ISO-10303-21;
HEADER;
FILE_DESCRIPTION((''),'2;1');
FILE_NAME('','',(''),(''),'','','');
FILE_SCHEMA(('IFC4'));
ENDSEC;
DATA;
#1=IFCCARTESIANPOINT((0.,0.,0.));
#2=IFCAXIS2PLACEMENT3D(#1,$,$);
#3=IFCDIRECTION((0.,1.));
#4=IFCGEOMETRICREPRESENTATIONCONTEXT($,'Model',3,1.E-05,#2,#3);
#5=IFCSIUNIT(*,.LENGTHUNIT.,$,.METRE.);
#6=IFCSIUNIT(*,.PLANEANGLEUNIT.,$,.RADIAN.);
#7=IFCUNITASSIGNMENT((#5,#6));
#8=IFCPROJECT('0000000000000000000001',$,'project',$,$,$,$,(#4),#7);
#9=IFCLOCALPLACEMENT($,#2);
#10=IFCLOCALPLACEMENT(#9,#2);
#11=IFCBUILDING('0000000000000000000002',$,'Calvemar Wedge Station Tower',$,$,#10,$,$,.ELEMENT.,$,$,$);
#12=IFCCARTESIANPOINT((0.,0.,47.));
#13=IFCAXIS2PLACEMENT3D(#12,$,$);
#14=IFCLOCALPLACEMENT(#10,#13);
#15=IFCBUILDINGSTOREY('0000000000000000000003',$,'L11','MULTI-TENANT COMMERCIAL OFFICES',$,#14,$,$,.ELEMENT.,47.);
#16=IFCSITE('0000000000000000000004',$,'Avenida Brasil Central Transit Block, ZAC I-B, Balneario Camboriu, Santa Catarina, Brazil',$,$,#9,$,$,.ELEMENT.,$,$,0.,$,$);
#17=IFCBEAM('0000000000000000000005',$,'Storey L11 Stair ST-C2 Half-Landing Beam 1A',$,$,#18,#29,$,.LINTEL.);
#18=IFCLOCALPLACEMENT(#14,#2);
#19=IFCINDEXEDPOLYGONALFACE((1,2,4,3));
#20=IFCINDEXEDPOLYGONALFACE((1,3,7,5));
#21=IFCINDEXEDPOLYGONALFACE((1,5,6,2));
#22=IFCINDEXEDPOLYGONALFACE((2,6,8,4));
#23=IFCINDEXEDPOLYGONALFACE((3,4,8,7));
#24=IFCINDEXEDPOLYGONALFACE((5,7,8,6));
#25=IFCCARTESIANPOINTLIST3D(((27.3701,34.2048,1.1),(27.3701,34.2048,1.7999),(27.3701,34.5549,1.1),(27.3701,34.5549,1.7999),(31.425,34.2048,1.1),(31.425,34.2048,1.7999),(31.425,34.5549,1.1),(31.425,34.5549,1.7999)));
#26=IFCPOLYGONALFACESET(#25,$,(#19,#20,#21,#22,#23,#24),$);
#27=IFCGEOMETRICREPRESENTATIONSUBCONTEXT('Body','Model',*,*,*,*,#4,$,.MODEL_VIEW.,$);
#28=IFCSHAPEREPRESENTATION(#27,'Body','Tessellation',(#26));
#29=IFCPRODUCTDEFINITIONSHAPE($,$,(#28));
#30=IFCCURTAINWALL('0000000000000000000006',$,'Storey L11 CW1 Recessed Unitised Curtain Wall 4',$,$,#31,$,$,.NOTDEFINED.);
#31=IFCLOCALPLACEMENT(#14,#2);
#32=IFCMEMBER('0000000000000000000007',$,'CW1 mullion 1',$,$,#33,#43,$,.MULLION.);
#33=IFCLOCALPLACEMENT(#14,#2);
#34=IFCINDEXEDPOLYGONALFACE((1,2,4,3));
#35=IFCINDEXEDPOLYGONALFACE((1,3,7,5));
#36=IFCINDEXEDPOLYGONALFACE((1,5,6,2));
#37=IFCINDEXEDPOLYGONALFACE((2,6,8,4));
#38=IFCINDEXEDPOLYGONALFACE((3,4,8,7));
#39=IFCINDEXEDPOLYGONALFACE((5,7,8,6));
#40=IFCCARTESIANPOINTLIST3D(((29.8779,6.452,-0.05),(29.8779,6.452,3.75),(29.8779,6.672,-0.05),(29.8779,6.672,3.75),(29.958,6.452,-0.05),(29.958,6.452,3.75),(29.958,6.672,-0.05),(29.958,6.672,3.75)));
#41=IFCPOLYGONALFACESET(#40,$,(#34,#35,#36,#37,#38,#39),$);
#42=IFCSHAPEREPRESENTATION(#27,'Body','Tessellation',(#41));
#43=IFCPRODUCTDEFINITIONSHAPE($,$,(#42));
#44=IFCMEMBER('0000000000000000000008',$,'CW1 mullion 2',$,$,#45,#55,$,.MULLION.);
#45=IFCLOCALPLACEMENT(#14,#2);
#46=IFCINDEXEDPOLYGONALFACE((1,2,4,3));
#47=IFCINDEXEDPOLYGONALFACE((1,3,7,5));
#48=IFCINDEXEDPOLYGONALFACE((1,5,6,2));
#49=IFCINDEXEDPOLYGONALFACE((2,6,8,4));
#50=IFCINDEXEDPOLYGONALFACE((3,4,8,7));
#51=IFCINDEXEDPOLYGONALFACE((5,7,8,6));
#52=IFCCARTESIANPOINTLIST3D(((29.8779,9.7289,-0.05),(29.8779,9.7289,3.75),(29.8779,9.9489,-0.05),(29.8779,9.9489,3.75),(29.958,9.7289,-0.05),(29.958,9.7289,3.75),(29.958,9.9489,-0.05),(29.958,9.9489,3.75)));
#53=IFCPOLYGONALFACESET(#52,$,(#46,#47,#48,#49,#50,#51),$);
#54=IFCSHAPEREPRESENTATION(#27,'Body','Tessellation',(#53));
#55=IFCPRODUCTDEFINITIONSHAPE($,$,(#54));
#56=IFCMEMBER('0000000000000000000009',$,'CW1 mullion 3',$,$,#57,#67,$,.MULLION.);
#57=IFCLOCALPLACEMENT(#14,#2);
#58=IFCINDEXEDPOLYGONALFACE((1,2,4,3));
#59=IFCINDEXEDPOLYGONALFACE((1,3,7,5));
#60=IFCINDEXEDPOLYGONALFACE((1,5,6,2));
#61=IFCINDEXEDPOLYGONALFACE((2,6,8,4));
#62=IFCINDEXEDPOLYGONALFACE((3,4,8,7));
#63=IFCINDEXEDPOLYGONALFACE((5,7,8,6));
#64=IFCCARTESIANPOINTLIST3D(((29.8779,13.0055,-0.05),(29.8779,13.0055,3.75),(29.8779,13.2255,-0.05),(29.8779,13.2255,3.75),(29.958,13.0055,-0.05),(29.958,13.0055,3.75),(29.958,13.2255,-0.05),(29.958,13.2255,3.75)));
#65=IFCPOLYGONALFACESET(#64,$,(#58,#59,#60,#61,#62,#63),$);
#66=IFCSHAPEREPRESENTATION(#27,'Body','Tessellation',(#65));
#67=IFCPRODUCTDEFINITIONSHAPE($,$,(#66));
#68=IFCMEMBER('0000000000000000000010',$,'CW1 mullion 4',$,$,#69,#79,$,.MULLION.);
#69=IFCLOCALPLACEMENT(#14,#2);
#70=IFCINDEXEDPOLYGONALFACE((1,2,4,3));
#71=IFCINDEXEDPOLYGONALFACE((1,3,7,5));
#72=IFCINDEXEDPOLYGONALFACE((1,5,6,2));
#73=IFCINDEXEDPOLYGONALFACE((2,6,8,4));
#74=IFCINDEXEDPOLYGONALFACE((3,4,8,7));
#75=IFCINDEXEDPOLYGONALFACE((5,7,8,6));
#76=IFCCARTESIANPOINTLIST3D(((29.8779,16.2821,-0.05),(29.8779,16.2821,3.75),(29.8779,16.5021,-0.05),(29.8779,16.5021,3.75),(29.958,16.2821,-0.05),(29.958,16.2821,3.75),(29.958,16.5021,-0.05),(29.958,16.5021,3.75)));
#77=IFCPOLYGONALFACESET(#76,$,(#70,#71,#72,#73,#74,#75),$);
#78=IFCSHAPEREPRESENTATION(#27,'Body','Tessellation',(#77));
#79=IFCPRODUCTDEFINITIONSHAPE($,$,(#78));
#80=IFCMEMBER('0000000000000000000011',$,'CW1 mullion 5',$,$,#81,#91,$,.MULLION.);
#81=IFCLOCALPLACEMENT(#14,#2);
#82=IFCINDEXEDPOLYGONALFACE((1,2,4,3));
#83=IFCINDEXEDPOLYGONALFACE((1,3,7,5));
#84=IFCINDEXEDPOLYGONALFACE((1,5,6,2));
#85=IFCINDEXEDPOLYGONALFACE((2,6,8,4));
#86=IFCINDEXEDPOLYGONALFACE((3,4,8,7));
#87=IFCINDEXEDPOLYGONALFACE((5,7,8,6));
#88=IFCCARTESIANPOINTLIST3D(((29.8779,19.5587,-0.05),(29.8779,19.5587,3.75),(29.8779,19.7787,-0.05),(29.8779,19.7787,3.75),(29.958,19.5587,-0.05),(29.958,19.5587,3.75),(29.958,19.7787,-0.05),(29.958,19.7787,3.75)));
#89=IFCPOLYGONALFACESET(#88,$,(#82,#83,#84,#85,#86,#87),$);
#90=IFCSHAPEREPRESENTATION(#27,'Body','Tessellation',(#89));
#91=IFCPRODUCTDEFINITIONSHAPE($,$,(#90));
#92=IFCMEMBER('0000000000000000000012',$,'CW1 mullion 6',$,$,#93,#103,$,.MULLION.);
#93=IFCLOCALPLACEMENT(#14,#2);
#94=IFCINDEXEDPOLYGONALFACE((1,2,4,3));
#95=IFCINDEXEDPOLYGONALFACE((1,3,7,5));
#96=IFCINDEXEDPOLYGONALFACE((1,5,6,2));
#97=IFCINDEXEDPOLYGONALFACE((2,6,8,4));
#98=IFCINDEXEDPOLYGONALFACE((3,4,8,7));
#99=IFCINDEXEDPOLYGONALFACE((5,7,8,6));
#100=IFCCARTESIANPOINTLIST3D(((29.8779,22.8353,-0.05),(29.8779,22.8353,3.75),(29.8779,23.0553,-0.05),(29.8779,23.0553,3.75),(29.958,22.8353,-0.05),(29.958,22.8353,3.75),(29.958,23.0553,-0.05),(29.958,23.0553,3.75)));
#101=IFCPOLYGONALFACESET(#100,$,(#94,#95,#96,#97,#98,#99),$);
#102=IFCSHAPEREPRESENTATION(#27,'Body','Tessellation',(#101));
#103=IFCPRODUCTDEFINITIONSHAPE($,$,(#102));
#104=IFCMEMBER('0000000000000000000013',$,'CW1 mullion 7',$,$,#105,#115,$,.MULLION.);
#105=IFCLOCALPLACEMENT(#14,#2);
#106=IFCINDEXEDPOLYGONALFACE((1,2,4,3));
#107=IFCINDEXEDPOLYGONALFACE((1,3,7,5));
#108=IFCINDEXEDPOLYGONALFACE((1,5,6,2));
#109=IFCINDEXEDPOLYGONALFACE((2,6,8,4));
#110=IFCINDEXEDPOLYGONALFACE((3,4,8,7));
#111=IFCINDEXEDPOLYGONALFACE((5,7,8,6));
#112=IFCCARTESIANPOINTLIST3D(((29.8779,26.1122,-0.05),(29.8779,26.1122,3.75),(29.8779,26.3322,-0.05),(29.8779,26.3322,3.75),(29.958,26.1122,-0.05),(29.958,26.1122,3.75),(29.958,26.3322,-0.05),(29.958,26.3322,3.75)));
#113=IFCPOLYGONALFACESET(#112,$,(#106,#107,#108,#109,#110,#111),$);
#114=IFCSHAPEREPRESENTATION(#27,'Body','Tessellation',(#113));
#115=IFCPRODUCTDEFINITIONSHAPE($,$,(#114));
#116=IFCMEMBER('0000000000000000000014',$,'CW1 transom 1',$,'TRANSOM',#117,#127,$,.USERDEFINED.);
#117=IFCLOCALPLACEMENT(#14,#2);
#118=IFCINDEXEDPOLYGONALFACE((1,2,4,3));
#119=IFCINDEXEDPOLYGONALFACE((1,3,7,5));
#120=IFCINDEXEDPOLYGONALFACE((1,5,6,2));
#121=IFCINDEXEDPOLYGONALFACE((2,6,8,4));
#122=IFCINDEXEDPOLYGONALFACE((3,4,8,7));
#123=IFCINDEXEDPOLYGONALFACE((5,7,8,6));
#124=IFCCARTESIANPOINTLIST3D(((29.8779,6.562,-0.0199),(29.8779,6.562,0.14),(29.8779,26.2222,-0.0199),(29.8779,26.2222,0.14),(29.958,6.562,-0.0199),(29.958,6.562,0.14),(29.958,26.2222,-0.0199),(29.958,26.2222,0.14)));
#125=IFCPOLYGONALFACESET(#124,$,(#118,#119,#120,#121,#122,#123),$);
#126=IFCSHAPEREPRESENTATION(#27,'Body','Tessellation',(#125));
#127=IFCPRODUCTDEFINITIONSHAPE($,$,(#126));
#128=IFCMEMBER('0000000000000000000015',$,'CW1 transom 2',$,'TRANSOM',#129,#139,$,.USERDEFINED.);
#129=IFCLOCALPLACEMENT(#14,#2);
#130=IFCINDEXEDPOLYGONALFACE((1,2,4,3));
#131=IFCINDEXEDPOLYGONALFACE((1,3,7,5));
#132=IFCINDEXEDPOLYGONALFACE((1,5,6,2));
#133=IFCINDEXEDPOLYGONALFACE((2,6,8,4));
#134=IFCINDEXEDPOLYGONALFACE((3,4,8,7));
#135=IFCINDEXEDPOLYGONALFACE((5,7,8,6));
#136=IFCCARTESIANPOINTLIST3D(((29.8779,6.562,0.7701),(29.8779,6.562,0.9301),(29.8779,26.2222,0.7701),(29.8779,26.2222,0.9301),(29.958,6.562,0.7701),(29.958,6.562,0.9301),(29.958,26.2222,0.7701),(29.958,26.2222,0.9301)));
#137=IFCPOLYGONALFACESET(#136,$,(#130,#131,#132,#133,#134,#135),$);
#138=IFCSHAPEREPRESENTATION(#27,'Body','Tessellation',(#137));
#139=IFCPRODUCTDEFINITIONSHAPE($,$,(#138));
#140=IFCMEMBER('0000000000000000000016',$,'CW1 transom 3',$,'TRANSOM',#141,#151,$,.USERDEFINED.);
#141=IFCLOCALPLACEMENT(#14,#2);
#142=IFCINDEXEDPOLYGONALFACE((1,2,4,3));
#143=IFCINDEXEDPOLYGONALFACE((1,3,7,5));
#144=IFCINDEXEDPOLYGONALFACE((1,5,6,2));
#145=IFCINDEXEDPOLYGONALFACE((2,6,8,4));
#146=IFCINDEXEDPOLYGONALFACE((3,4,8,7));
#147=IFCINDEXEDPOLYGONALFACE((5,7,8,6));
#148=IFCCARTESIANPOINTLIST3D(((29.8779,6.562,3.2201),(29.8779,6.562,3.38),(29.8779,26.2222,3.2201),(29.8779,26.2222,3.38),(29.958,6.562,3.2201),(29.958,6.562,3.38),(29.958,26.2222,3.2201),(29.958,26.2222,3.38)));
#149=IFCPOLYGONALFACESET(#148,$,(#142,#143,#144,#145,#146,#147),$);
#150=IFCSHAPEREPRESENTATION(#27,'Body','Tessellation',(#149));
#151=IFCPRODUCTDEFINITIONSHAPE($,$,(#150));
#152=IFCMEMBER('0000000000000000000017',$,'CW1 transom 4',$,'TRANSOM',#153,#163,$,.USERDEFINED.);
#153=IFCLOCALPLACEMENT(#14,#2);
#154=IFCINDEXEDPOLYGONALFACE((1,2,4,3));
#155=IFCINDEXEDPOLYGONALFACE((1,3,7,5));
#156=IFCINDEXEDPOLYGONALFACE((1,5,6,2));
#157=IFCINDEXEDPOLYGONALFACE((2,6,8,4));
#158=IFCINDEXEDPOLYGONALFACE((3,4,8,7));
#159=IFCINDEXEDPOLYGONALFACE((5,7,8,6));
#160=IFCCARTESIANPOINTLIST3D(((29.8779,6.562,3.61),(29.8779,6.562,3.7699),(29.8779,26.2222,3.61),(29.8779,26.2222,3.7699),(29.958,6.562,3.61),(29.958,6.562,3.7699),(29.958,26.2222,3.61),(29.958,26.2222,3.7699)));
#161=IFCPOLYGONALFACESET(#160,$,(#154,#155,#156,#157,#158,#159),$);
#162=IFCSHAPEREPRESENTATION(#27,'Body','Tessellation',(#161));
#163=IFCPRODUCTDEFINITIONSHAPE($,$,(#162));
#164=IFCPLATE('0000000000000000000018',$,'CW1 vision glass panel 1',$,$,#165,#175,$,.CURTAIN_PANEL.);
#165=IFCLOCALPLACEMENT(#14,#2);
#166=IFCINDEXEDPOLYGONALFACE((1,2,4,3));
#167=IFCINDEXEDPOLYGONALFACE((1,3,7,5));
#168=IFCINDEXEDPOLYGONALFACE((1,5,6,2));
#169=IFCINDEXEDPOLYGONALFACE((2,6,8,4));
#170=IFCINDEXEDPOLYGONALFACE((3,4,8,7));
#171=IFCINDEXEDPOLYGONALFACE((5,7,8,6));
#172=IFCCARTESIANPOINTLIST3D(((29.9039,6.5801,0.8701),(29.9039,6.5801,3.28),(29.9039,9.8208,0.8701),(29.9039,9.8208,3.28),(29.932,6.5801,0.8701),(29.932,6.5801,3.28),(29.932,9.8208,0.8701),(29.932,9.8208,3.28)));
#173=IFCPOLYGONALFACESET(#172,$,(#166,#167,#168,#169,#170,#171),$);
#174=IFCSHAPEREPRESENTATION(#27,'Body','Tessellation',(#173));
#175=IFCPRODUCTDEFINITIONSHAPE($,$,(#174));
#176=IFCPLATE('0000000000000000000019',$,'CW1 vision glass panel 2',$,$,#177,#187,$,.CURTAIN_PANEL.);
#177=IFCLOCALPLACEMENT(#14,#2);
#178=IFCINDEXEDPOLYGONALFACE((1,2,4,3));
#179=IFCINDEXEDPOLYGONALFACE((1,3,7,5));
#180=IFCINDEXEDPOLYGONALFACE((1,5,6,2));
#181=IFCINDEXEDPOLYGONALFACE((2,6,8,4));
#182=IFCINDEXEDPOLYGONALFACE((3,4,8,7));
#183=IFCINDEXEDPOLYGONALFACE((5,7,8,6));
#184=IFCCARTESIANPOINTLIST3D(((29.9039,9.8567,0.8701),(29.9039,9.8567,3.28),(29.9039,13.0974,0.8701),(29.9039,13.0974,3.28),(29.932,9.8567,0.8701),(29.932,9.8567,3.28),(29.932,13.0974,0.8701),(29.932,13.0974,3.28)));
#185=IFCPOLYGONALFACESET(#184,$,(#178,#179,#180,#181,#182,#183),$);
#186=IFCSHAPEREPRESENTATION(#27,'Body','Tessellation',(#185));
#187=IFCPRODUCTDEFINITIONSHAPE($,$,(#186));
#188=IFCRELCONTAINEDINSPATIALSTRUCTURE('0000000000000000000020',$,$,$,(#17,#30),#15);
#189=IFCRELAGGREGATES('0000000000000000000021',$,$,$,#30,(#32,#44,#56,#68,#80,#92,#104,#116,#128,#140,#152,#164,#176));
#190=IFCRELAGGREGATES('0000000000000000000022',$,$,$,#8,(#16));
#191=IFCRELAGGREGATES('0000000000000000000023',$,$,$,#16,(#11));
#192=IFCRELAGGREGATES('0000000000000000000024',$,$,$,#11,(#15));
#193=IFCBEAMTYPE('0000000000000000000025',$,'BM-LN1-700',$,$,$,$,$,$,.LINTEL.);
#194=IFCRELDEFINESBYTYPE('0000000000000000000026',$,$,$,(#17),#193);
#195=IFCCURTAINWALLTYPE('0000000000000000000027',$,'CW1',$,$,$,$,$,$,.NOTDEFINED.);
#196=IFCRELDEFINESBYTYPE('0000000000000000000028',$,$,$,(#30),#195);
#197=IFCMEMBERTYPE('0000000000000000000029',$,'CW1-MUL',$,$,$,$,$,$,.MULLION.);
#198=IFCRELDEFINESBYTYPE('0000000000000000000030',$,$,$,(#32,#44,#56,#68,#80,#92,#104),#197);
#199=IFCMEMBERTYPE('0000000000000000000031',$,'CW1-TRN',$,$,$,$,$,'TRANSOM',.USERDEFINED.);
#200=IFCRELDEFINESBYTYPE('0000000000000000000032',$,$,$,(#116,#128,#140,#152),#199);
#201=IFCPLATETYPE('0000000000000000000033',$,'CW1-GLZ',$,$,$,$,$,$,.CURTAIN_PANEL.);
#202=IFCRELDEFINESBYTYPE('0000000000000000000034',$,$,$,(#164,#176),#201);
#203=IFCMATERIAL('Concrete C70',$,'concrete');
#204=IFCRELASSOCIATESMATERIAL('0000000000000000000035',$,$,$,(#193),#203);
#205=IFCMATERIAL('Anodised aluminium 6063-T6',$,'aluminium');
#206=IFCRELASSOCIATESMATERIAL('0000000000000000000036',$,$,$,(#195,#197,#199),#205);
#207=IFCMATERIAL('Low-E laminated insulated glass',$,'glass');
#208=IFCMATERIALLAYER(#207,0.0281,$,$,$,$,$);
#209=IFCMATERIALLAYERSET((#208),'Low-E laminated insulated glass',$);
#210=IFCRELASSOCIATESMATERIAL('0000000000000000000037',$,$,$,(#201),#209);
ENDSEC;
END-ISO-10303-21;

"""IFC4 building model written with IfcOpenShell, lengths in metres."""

from ifc_helpers import new_model, si_unit, direction, frame, frame_2d, origin, origin_2d, place, context, subcontext, project, spatial, rectangle, extrude, source, transform, mapped, material, layer, layer_set, material_profile, profile_set, type_object, element, aggregate, save


model = new_model("IFC4")

# Units and contexts
model_context = context("Model", 3, precision=1e-05, world=origin(), true_north=direction((0.0, 1.0)))
body_context = subcontext(model_context, "Body", "Model", "MODEL_VIEW")
ifc_project = project(units=[si_unit("LENGTHUNIT", "METRE"), si_unit("PLANEANGLEUNIT", "RADIAN")], contexts=[model_context])

# Site, building, storey
site_placement = place(None, origin())
site = spatial("IfcSite", under=ifc_project, at=site_placement, Name="Avenida Brasil Central Transit Block, ZAC I-B, Balneario Camboriu, Santa Catarina, Brazil", CompositionType="ELEMENT", RefElevation=0.0)
building_placement = place(site_placement, origin())
building = spatial("IfcBuilding", under=site, at=building_placement, Name="Calvemar Wedge Station Tower", CompositionType="ELEMENT")
storey_placement = place(building_placement, frame((0.0, 0.0, 47.0)))
storey = spatial("IfcBuildingStorey", under=building, at=storey_placement, Name="L11", Description="MULTI-TENANT COMMERCIAL OFFICES", CompositionType="ELEMENT", Elevation=47.0)

# Beam
ifc_material_1 = material(Name="Concrete C70", Category="concrete")
ifc_material_profile_1 = material_profile(ifc_material_1, rectangle(XDim=0.3501, YDim=0.7, at=origin_2d()), Name="RC350x700")
ifc_profile_set_1 = profile_set([ifc_material_profile_1], Name="Concrete C70")
beam_type = type_object("IfcBeamType", Name="BM-LN1-700", PredefinedType="LINTEL", material=ifc_profile_set_1)
shared_shape_1 = source(origin(), body_context, "Body", "SweptSolid", [
    extrude(rectangle(XDim=0.3501, YDim=0.7, at=origin_2d()), origin(), (0.0, 0.0, 1.0), 4.0549),
])
beam_placement = place(storey_placement, frame((27.3701, 34.3799, 1.45), z_axis=(1.0, 0.0, 0.0), x_axis=(0.0, 1.0, 0.0)))
element("IfcBeam", 1, at=beam_placement, inside=storey, type_object=beam_type, Name="Storey L11 Stair ST-C2 Half-Landing Beam 1A", PredefinedType="LINTEL", context=body_context, shape_type="MappedRepresentation", body=[
    mapped(shared_shape_1, transform((0.0, 0.0, 0.0), scale=1.0)),
])

# Curtain wall, members, plates
ifc_material_2 = material(Name="Anodised aluminium 6063-T6", Category="aluminium")
curtain_wall_type = type_object("IfcCurtainWallType", Name="CW1", PredefinedType="NOTDEFINED", material=ifc_material_2)
curtain_wall_placement = place(storey_placement, origin())
curtain_wall = element("IfcCurtainWall", 2, at=curtain_wall_placement, inside=storey, type_object=curtain_wall_type, Name="Storey L11 CW1 Recessed Unitised Curtain Wall 4", PredefinedType="NOTDEFINED")
ifc_material_profile_2 = material_profile(ifc_material_2, rectangle(XDim=0.0801, YDim=0.22, at=origin_2d()), Name="AL-MUL-80x220")
ifc_profile_set_2 = profile_set([ifc_material_profile_2], Name="Anodised aluminium 6063-T6")
member_type_1 = type_object("IfcMemberType", Name="CW1-MUL", PredefinedType="MULLION", material=ifc_profile_set_2)
shared_shape_2 = source(origin(), body_context, "Body", "SweptSolid", [
    extrude(rectangle(XDim=0.0801, YDim=0.22, at=origin_2d()), origin(), (0.0, 0.0, 1.0), 3.8),
])
member_1_placement = place(storey_placement, frame((29.918, 6.562, -0.05), z_axis=(0.0, 0.0, 1.0), x_axis=(1.0, 0.0, 0.0)))
member_1 = element("IfcMember", 3, at=member_1_placement, type_object=member_type_1, Name="CW1 mullion 1", PredefinedType="MULLION", context=body_context, shape_type="MappedRepresentation", body=[
    mapped(shared_shape_2, transform((0.0, 0.0, 0.0), scale=1.0)),
])
member_2_placement = place(storey_placement, frame((29.918, 9.8389, -0.05), z_axis=(0.0, 0.0, 1.0), x_axis=(1.0, 0.0, 0.0)))
member_2 = element("IfcMember", 4, at=member_2_placement, type_object=member_type_1, Name="CW1 mullion 2", PredefinedType="MULLION", context=body_context, shape_type="MappedRepresentation", body=[
    mapped(shared_shape_2, transform((0.0, 0.0, 0.0), scale=1.0)),
])
member_3_placement = place(storey_placement, frame((29.918, 13.1155, -0.05), z_axis=(0.0, 0.0, 1.0), x_axis=(1.0, 0.0, 0.0)))
member_3 = element("IfcMember", 5, at=member_3_placement, type_object=member_type_1, Name="CW1 mullion 3", PredefinedType="MULLION", context=body_context, shape_type="MappedRepresentation", body=[
    mapped(shared_shape_2, transform((0.0, 0.0, 0.0), scale=1.0)),
])
member_4_placement = place(storey_placement, frame((29.918, 16.3921, -0.05), z_axis=(0.0, 0.0, 1.0), x_axis=(1.0, 0.0, 0.0)))
member_4 = element("IfcMember", 6, at=member_4_placement, type_object=member_type_1, Name="CW1 mullion 4", PredefinedType="MULLION", context=body_context, shape_type="MappedRepresentation", body=[
    mapped(shared_shape_2, transform((0.0, 0.0, 0.0), scale=1.0)),
])
member_5_placement = place(storey_placement, frame((29.918, 19.6687, -0.05), z_axis=(0.0, 0.0, 1.0), x_axis=(1.0, 0.0, 0.0)))
member_5 = element("IfcMember", 7, at=member_5_placement, type_object=member_type_1, Name="CW1 mullion 5", PredefinedType="MULLION", context=body_context, shape_type="MappedRepresentation", body=[
    mapped(shared_shape_2, transform((0.0, 0.0, 0.0), scale=1.0)),
])
member_6_placement = place(storey_placement, frame((29.918, 22.9453, -0.05), z_axis=(0.0, 0.0, 1.0), x_axis=(1.0, 0.0, 0.0)))
member_6 = element("IfcMember", 8, at=member_6_placement, type_object=member_type_1, Name="CW1 mullion 6", PredefinedType="MULLION", context=body_context, shape_type="MappedRepresentation", body=[
    mapped(shared_shape_2, transform((0.0, 0.0, 0.0), scale=1.0)),
])
member_7_placement = place(storey_placement, frame((29.918, 26.2222, -0.05), z_axis=(0.0, 0.0, 1.0), x_axis=(1.0, 0.0, 0.0)))
member_7 = element("IfcMember", 9, at=member_7_placement, type_object=member_type_1, Name="CW1 mullion 7", PredefinedType="MULLION", context=body_context, shape_type="MappedRepresentation", body=[
    mapped(shared_shape_2, transform((0.0, 0.0, 0.0), scale=1.0)),
])
ifc_material_profile_3 = material_profile(ifc_material_2, rectangle(XDim=0.0801, YDim=0.1599, at=origin_2d()), Name="AL-TRN-80x160")
ifc_profile_set_3 = profile_set([ifc_material_profile_3], Name="Anodised aluminium 6063-T6")
member_type_2 = type_object("IfcMemberType", Name="CW1-TRN", ElementType="TRANSOM", PredefinedType="USERDEFINED", material=ifc_profile_set_3)
shared_shape_3 = source(origin(), body_context, "Body", "SweptSolid", [
    extrude(rectangle(XDim=0.0801, YDim=0.1599, at=origin_2d()), origin(), (0.0, 0.0, 1.0), 19.6602),
])
member_8_placement = place(storey_placement, frame((29.918, 6.562, 0.0601), z_axis=(0.0, 1.0, 0.0), x_axis=(-1.0, 0.0, 0.0)))
member_8 = element("IfcMember", 10, at=member_8_placement, type_object=member_type_2, Name="CW1 transom 1", ObjectType="TRANSOM", PredefinedType="USERDEFINED", context=body_context, shape_type="MappedRepresentation", body=[
    mapped(shared_shape_3, transform((0.0, 0.0, 0.0), scale=1.0)),
])
member_9_placement = place(storey_placement, frame((29.918, 6.562, 0.8501), z_axis=(0.0, 1.0, 0.0), x_axis=(-1.0, 0.0, 0.0)))
member_9 = element("IfcMember", 11, at=member_9_placement, type_object=member_type_2, Name="CW1 transom 2", ObjectType="TRANSOM", PredefinedType="USERDEFINED", context=body_context, shape_type="MappedRepresentation", body=[
    mapped(shared_shape_3, transform((0.0, 0.0, 0.0), scale=1.0)),
])
member_10_placement = place(storey_placement, frame((29.918, 6.562, 3.3), z_axis=(0.0, 1.0, 0.0), x_axis=(-1.0, 0.0, 0.0)))
member_10 = element("IfcMember", 12, at=member_10_placement, type_object=member_type_2, Name="CW1 transom 3", ObjectType="TRANSOM", PredefinedType="USERDEFINED", context=body_context, shape_type="MappedRepresentation", body=[
    mapped(shared_shape_3, transform((0.0, 0.0, 0.0), scale=1.0)),
])
member_11_placement = place(storey_placement, frame((29.918, 6.562, 3.6899), z_axis=(0.0, 1.0, 0.0), x_axis=(-1.0, 0.0, 0.0)))
member_11 = element("IfcMember", 13, at=member_11_placement, type_object=member_type_2, Name="CW1 transom 4", ObjectType="TRANSOM", PredefinedType="USERDEFINED", context=body_context, shape_type="MappedRepresentation", body=[
    mapped(shared_shape_3, transform((0.0, 0.0, 0.0), scale=1.0)),
])
ifc_material_3 = material(Name="Low-E laminated insulated glass", Category="glass")
ifc_layer_1 = layer(ifc_material_3, 0.0281)
ifc_layer_set_1 = layer_set([ifc_layer_1], Name="Low-E laminated insulated glass")
plate_type_1 = type_object("IfcPlateType", Name="CW1-GLZ", PredefinedType="CURTAIN_PANEL", material=ifc_layer_set_1)
plate_1_placement = place(storey_placement, frame((29.918, 6.5801, 0.8701), z_axis=(0.0, 0.0, 1.0), x_axis=(0.0, 1.0, 0.0)))
plate_1 = element("IfcPlate", 14, at=plate_1_placement, type_object=plate_type_1, Name="CW1 vision glass panel 1", PredefinedType="CURTAIN_PANEL", context=body_context, shape_type="SweptSolid", body=[
    extrude(rectangle(XDim=3.2407, YDim=0.0281, at=frame_2d((1.6204, 0.0))), origin(), (0.0, 0.0, 1.0), 2.4099),
])
plate_2_placement = place(storey_placement, frame((29.918, 9.8567, 0.8701), z_axis=(0.0, 0.0, 1.0), x_axis=(0.0, 1.0, 0.0)))
plate_2 = element("IfcPlate", 15, at=plate_2_placement, type_object=plate_type_1, Name="CW1 vision glass panel 2", PredefinedType="CURTAIN_PANEL", context=body_context, shape_type="SweptSolid", body=[
    extrude(rectangle(XDim=3.2407, YDim=0.0281, at=frame_2d((1.6204, 0.0))), origin(), (0.0, 0.0, 1.0), 2.4099),
])
aggregate(curtain_wall, [member_1, member_2, member_3, member_4, member_5, member_6, member_7, member_8, member_9, member_10, member_11, plate_1, plate_2])

save(model, "model.ifc")
